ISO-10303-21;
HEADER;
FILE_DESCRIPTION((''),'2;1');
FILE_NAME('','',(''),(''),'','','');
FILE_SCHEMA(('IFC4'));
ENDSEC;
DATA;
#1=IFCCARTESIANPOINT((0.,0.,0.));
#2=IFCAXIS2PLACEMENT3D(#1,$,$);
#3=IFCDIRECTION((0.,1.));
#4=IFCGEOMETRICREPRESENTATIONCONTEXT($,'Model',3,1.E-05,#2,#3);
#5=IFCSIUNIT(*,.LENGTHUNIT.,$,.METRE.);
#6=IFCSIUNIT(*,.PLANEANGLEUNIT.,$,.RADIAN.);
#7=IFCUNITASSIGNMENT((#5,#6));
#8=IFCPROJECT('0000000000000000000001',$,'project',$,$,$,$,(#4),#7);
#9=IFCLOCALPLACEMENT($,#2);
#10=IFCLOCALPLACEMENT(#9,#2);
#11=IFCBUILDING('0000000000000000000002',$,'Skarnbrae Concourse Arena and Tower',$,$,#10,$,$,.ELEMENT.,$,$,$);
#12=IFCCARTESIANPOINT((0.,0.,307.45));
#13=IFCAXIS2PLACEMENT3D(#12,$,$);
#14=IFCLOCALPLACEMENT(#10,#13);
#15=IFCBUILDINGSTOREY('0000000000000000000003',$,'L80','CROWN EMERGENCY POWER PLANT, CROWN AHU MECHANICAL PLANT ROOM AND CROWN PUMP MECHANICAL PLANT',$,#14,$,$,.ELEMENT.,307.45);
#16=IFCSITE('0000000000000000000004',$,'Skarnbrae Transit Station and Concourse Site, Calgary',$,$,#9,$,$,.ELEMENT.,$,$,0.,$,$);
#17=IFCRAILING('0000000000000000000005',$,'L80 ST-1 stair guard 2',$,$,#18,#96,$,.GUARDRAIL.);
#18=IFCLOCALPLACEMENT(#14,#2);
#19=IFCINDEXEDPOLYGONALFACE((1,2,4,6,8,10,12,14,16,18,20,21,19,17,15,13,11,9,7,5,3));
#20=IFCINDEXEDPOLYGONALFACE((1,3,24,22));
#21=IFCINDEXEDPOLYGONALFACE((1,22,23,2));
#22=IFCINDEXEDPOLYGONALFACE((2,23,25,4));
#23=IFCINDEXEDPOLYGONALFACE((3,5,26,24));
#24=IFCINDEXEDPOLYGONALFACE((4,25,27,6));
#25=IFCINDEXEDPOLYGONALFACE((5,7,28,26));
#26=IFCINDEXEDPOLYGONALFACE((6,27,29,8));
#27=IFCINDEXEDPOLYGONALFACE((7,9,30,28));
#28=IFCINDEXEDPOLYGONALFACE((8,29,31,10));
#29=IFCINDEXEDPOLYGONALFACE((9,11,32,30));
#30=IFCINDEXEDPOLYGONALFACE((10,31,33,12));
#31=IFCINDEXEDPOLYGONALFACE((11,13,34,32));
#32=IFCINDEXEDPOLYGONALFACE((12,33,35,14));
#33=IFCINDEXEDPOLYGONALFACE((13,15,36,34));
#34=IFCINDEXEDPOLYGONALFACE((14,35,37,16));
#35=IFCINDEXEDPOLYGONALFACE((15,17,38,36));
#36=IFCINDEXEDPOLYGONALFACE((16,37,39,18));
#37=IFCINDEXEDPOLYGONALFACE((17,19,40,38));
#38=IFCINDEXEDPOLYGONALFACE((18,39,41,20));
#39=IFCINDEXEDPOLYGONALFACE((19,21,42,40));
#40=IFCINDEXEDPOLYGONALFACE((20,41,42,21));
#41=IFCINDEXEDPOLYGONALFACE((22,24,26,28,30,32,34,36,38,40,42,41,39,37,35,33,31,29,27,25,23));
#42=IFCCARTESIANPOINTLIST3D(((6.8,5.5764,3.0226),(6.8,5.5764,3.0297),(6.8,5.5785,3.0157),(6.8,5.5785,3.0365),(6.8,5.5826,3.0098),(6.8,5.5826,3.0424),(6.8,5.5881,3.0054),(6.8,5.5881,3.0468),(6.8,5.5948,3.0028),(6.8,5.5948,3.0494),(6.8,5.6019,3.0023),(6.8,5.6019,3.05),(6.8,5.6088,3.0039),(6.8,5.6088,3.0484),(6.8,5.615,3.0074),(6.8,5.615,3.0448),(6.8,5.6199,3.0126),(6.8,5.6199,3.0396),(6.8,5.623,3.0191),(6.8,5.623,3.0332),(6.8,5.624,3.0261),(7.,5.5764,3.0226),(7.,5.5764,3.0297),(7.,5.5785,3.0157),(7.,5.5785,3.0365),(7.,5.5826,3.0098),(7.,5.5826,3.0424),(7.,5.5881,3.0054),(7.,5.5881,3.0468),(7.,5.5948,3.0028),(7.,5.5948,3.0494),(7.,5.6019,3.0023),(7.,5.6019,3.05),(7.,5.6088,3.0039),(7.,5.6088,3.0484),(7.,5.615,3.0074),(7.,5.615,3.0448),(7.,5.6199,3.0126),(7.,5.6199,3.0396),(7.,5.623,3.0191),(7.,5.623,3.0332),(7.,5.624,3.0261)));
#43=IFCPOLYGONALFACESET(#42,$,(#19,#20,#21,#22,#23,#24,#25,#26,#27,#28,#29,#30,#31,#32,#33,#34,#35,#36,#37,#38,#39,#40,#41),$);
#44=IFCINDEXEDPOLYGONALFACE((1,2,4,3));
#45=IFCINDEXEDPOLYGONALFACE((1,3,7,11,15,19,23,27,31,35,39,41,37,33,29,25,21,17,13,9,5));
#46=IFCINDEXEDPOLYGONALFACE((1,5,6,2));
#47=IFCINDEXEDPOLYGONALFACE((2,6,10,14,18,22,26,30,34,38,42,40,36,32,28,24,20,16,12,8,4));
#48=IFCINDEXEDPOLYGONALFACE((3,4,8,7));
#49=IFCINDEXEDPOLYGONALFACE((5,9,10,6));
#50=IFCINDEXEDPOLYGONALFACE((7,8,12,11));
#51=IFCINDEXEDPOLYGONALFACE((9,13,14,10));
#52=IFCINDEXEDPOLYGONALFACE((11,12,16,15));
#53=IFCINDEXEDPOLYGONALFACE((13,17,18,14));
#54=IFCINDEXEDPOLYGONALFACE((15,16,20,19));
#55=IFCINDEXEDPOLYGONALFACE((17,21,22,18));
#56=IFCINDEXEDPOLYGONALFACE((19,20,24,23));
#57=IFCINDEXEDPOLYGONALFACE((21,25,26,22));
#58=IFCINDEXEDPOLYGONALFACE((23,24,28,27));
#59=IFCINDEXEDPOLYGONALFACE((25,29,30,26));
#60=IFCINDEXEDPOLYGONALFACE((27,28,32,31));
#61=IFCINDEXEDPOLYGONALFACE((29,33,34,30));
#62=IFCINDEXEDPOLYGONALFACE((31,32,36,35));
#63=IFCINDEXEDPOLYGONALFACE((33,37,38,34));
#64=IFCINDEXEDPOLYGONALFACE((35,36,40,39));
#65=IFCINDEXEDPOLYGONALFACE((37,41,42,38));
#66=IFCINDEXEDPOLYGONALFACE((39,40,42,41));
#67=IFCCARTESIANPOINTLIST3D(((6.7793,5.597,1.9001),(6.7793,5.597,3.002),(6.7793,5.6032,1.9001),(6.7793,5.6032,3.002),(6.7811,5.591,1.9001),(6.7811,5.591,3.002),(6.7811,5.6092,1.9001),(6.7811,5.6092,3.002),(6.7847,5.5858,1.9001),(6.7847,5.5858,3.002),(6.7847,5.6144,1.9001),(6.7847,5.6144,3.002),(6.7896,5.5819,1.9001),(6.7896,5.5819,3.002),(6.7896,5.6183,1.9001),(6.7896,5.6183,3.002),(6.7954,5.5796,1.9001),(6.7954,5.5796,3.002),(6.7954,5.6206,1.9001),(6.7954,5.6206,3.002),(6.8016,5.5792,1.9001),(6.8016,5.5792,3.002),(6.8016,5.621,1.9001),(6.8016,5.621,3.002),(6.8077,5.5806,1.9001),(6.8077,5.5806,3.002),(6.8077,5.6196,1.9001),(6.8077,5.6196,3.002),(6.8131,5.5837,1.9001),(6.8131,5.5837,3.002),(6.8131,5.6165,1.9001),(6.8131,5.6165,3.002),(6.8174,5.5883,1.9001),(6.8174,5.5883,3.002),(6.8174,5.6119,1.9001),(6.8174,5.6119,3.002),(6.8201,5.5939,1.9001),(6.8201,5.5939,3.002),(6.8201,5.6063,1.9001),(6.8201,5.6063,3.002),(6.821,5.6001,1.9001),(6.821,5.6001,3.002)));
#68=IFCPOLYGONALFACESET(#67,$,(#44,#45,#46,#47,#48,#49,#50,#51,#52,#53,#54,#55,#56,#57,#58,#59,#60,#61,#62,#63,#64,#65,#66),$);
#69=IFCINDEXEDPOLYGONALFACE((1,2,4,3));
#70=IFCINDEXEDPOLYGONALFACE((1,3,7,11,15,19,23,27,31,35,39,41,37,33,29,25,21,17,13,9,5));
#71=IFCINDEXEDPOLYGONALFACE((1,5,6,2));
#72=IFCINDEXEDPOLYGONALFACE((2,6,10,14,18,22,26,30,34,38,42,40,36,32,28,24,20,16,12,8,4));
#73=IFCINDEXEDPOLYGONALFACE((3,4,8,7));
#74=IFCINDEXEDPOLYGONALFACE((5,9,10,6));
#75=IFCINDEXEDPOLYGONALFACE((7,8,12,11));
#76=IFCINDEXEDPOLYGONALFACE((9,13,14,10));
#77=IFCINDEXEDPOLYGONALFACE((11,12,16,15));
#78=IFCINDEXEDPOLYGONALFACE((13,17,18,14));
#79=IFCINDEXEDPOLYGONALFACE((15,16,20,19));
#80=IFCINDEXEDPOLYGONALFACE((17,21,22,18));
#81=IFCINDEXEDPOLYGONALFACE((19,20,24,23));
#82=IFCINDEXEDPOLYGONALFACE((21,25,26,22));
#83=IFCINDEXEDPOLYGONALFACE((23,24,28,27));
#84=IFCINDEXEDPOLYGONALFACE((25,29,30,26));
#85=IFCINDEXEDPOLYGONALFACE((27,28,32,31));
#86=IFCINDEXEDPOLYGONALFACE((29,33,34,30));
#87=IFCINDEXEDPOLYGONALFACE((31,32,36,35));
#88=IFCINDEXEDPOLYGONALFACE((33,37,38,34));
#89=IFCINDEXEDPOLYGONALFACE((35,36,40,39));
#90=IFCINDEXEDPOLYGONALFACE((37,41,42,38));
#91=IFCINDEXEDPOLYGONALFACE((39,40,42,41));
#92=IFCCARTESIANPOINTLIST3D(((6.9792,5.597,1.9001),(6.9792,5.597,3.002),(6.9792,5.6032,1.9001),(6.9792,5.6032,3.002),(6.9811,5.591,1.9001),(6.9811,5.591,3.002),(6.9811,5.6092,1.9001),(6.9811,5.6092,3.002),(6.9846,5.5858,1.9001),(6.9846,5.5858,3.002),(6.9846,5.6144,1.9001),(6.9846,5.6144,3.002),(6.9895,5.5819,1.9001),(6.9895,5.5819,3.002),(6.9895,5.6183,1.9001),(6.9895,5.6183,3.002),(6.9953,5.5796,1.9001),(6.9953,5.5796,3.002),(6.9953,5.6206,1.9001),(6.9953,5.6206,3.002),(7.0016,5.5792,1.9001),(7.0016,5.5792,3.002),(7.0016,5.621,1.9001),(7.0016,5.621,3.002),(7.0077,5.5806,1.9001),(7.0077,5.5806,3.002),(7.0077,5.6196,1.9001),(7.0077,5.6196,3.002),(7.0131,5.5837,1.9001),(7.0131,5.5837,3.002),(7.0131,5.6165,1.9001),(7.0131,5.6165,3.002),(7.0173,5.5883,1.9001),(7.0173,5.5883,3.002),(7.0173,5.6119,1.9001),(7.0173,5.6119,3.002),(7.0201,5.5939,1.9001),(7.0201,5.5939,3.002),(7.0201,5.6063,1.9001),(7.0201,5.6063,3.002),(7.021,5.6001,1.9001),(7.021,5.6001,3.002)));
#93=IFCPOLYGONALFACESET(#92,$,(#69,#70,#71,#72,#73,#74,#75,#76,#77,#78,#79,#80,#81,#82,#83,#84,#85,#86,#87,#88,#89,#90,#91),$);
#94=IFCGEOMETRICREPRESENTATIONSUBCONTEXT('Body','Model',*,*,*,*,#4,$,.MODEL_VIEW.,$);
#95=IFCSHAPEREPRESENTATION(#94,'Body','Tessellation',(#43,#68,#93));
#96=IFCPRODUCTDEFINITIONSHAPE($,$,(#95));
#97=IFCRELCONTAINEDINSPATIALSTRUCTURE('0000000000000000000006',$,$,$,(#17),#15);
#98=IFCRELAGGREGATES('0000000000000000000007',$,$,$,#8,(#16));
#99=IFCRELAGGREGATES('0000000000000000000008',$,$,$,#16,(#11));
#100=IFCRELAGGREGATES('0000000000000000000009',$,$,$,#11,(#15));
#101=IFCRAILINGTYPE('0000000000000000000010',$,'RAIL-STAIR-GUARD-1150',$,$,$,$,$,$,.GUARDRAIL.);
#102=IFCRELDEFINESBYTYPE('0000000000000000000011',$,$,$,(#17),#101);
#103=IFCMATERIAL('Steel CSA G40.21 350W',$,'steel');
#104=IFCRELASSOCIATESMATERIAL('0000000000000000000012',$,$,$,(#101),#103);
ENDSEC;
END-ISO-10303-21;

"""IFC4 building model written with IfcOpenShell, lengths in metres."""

from ifc_helpers import new_model, si_unit, direction, frame, origin, origin_2d, place, context, subcontext, project, spatial, circle, extrude, material, type_object, element, save


model = new_model("IFC4")

# Units and contexts
model_context = context("Model", 3, precision=1e-05, world=origin(), true_north=direction((0.0, 1.0)))
body_context = subcontext(model_context, "Body", "Model", "MODEL_VIEW")
ifc_project = project(units=[si_unit("LENGTHUNIT", "METRE"), si_unit("PLANEANGLEUNIT", "RADIAN")], contexts=[model_context])

# Site, building, storey
site_placement = place(None, origin())
site = spatial("IfcSite", under=ifc_project, at=site_placement, Name="Skarnbrae Transit Station and Concourse Site, Calgary", CompositionType="ELEMENT", RefElevation=0.0)
building_placement = place(site_placement, origin())
building = spatial("IfcBuilding", under=site, at=building_placement, Name="Skarnbrae Concourse Arena and Tower", CompositionType="ELEMENT")
storey_placement = place(building_placement, frame((0.0, 0.0, 307.45)))
storey = spatial("IfcBuildingStorey", under=building, at=storey_placement, Name="L80", Description="CROWN EMERGENCY POWER PLANT, CROWN AHU MECHANICAL PLANT ROOM AND CROWN PUMP MECHANICAL PLANT", CompositionType="ELEMENT", Elevation=307.45)

# Shared definitions
ifc_material_1 = material(Name="Steel CSA G40.21 350W", Category="steel")

# Railing
railing_type_1 = type_object("IfcRailingType", Name="RAIL-STAIR-GUARD-1150", PredefinedType="GUARDRAIL", material=ifc_material_1)
railing_1_placement = place(storey_placement, frame((6.8, 5.6001, 1.9001)))
element("IfcRailing", 1, at=railing_1_placement, inside=storey, type_object=railing_type_1, Name="L80 ST-1 stair guard 2", PredefinedType="GUARDRAIL", context=body_context, shape_type="SweptSolid", body=[
    extrude(circle(Radius=0.0239, at=origin_2d()), frame((0.0, 0.0, 1.126), z_axis=(1.0, 0.0, 0.0), x_axis=(0.0, 1.0, 0.0)), (0.0, 0.0, 1.0), 0.2),
    extrude(circle(Radius=0.021, at=origin_2d()), origin(), (0.0, 0.0, 1.0), 1.1018),
    extrude(circle(Radius=0.021, at=origin_2d()), frame((0.2, 0.0, 0.0)), (0.0, 0.0, 1.0), 1.1018),
])

save(model, "model.ifc")
